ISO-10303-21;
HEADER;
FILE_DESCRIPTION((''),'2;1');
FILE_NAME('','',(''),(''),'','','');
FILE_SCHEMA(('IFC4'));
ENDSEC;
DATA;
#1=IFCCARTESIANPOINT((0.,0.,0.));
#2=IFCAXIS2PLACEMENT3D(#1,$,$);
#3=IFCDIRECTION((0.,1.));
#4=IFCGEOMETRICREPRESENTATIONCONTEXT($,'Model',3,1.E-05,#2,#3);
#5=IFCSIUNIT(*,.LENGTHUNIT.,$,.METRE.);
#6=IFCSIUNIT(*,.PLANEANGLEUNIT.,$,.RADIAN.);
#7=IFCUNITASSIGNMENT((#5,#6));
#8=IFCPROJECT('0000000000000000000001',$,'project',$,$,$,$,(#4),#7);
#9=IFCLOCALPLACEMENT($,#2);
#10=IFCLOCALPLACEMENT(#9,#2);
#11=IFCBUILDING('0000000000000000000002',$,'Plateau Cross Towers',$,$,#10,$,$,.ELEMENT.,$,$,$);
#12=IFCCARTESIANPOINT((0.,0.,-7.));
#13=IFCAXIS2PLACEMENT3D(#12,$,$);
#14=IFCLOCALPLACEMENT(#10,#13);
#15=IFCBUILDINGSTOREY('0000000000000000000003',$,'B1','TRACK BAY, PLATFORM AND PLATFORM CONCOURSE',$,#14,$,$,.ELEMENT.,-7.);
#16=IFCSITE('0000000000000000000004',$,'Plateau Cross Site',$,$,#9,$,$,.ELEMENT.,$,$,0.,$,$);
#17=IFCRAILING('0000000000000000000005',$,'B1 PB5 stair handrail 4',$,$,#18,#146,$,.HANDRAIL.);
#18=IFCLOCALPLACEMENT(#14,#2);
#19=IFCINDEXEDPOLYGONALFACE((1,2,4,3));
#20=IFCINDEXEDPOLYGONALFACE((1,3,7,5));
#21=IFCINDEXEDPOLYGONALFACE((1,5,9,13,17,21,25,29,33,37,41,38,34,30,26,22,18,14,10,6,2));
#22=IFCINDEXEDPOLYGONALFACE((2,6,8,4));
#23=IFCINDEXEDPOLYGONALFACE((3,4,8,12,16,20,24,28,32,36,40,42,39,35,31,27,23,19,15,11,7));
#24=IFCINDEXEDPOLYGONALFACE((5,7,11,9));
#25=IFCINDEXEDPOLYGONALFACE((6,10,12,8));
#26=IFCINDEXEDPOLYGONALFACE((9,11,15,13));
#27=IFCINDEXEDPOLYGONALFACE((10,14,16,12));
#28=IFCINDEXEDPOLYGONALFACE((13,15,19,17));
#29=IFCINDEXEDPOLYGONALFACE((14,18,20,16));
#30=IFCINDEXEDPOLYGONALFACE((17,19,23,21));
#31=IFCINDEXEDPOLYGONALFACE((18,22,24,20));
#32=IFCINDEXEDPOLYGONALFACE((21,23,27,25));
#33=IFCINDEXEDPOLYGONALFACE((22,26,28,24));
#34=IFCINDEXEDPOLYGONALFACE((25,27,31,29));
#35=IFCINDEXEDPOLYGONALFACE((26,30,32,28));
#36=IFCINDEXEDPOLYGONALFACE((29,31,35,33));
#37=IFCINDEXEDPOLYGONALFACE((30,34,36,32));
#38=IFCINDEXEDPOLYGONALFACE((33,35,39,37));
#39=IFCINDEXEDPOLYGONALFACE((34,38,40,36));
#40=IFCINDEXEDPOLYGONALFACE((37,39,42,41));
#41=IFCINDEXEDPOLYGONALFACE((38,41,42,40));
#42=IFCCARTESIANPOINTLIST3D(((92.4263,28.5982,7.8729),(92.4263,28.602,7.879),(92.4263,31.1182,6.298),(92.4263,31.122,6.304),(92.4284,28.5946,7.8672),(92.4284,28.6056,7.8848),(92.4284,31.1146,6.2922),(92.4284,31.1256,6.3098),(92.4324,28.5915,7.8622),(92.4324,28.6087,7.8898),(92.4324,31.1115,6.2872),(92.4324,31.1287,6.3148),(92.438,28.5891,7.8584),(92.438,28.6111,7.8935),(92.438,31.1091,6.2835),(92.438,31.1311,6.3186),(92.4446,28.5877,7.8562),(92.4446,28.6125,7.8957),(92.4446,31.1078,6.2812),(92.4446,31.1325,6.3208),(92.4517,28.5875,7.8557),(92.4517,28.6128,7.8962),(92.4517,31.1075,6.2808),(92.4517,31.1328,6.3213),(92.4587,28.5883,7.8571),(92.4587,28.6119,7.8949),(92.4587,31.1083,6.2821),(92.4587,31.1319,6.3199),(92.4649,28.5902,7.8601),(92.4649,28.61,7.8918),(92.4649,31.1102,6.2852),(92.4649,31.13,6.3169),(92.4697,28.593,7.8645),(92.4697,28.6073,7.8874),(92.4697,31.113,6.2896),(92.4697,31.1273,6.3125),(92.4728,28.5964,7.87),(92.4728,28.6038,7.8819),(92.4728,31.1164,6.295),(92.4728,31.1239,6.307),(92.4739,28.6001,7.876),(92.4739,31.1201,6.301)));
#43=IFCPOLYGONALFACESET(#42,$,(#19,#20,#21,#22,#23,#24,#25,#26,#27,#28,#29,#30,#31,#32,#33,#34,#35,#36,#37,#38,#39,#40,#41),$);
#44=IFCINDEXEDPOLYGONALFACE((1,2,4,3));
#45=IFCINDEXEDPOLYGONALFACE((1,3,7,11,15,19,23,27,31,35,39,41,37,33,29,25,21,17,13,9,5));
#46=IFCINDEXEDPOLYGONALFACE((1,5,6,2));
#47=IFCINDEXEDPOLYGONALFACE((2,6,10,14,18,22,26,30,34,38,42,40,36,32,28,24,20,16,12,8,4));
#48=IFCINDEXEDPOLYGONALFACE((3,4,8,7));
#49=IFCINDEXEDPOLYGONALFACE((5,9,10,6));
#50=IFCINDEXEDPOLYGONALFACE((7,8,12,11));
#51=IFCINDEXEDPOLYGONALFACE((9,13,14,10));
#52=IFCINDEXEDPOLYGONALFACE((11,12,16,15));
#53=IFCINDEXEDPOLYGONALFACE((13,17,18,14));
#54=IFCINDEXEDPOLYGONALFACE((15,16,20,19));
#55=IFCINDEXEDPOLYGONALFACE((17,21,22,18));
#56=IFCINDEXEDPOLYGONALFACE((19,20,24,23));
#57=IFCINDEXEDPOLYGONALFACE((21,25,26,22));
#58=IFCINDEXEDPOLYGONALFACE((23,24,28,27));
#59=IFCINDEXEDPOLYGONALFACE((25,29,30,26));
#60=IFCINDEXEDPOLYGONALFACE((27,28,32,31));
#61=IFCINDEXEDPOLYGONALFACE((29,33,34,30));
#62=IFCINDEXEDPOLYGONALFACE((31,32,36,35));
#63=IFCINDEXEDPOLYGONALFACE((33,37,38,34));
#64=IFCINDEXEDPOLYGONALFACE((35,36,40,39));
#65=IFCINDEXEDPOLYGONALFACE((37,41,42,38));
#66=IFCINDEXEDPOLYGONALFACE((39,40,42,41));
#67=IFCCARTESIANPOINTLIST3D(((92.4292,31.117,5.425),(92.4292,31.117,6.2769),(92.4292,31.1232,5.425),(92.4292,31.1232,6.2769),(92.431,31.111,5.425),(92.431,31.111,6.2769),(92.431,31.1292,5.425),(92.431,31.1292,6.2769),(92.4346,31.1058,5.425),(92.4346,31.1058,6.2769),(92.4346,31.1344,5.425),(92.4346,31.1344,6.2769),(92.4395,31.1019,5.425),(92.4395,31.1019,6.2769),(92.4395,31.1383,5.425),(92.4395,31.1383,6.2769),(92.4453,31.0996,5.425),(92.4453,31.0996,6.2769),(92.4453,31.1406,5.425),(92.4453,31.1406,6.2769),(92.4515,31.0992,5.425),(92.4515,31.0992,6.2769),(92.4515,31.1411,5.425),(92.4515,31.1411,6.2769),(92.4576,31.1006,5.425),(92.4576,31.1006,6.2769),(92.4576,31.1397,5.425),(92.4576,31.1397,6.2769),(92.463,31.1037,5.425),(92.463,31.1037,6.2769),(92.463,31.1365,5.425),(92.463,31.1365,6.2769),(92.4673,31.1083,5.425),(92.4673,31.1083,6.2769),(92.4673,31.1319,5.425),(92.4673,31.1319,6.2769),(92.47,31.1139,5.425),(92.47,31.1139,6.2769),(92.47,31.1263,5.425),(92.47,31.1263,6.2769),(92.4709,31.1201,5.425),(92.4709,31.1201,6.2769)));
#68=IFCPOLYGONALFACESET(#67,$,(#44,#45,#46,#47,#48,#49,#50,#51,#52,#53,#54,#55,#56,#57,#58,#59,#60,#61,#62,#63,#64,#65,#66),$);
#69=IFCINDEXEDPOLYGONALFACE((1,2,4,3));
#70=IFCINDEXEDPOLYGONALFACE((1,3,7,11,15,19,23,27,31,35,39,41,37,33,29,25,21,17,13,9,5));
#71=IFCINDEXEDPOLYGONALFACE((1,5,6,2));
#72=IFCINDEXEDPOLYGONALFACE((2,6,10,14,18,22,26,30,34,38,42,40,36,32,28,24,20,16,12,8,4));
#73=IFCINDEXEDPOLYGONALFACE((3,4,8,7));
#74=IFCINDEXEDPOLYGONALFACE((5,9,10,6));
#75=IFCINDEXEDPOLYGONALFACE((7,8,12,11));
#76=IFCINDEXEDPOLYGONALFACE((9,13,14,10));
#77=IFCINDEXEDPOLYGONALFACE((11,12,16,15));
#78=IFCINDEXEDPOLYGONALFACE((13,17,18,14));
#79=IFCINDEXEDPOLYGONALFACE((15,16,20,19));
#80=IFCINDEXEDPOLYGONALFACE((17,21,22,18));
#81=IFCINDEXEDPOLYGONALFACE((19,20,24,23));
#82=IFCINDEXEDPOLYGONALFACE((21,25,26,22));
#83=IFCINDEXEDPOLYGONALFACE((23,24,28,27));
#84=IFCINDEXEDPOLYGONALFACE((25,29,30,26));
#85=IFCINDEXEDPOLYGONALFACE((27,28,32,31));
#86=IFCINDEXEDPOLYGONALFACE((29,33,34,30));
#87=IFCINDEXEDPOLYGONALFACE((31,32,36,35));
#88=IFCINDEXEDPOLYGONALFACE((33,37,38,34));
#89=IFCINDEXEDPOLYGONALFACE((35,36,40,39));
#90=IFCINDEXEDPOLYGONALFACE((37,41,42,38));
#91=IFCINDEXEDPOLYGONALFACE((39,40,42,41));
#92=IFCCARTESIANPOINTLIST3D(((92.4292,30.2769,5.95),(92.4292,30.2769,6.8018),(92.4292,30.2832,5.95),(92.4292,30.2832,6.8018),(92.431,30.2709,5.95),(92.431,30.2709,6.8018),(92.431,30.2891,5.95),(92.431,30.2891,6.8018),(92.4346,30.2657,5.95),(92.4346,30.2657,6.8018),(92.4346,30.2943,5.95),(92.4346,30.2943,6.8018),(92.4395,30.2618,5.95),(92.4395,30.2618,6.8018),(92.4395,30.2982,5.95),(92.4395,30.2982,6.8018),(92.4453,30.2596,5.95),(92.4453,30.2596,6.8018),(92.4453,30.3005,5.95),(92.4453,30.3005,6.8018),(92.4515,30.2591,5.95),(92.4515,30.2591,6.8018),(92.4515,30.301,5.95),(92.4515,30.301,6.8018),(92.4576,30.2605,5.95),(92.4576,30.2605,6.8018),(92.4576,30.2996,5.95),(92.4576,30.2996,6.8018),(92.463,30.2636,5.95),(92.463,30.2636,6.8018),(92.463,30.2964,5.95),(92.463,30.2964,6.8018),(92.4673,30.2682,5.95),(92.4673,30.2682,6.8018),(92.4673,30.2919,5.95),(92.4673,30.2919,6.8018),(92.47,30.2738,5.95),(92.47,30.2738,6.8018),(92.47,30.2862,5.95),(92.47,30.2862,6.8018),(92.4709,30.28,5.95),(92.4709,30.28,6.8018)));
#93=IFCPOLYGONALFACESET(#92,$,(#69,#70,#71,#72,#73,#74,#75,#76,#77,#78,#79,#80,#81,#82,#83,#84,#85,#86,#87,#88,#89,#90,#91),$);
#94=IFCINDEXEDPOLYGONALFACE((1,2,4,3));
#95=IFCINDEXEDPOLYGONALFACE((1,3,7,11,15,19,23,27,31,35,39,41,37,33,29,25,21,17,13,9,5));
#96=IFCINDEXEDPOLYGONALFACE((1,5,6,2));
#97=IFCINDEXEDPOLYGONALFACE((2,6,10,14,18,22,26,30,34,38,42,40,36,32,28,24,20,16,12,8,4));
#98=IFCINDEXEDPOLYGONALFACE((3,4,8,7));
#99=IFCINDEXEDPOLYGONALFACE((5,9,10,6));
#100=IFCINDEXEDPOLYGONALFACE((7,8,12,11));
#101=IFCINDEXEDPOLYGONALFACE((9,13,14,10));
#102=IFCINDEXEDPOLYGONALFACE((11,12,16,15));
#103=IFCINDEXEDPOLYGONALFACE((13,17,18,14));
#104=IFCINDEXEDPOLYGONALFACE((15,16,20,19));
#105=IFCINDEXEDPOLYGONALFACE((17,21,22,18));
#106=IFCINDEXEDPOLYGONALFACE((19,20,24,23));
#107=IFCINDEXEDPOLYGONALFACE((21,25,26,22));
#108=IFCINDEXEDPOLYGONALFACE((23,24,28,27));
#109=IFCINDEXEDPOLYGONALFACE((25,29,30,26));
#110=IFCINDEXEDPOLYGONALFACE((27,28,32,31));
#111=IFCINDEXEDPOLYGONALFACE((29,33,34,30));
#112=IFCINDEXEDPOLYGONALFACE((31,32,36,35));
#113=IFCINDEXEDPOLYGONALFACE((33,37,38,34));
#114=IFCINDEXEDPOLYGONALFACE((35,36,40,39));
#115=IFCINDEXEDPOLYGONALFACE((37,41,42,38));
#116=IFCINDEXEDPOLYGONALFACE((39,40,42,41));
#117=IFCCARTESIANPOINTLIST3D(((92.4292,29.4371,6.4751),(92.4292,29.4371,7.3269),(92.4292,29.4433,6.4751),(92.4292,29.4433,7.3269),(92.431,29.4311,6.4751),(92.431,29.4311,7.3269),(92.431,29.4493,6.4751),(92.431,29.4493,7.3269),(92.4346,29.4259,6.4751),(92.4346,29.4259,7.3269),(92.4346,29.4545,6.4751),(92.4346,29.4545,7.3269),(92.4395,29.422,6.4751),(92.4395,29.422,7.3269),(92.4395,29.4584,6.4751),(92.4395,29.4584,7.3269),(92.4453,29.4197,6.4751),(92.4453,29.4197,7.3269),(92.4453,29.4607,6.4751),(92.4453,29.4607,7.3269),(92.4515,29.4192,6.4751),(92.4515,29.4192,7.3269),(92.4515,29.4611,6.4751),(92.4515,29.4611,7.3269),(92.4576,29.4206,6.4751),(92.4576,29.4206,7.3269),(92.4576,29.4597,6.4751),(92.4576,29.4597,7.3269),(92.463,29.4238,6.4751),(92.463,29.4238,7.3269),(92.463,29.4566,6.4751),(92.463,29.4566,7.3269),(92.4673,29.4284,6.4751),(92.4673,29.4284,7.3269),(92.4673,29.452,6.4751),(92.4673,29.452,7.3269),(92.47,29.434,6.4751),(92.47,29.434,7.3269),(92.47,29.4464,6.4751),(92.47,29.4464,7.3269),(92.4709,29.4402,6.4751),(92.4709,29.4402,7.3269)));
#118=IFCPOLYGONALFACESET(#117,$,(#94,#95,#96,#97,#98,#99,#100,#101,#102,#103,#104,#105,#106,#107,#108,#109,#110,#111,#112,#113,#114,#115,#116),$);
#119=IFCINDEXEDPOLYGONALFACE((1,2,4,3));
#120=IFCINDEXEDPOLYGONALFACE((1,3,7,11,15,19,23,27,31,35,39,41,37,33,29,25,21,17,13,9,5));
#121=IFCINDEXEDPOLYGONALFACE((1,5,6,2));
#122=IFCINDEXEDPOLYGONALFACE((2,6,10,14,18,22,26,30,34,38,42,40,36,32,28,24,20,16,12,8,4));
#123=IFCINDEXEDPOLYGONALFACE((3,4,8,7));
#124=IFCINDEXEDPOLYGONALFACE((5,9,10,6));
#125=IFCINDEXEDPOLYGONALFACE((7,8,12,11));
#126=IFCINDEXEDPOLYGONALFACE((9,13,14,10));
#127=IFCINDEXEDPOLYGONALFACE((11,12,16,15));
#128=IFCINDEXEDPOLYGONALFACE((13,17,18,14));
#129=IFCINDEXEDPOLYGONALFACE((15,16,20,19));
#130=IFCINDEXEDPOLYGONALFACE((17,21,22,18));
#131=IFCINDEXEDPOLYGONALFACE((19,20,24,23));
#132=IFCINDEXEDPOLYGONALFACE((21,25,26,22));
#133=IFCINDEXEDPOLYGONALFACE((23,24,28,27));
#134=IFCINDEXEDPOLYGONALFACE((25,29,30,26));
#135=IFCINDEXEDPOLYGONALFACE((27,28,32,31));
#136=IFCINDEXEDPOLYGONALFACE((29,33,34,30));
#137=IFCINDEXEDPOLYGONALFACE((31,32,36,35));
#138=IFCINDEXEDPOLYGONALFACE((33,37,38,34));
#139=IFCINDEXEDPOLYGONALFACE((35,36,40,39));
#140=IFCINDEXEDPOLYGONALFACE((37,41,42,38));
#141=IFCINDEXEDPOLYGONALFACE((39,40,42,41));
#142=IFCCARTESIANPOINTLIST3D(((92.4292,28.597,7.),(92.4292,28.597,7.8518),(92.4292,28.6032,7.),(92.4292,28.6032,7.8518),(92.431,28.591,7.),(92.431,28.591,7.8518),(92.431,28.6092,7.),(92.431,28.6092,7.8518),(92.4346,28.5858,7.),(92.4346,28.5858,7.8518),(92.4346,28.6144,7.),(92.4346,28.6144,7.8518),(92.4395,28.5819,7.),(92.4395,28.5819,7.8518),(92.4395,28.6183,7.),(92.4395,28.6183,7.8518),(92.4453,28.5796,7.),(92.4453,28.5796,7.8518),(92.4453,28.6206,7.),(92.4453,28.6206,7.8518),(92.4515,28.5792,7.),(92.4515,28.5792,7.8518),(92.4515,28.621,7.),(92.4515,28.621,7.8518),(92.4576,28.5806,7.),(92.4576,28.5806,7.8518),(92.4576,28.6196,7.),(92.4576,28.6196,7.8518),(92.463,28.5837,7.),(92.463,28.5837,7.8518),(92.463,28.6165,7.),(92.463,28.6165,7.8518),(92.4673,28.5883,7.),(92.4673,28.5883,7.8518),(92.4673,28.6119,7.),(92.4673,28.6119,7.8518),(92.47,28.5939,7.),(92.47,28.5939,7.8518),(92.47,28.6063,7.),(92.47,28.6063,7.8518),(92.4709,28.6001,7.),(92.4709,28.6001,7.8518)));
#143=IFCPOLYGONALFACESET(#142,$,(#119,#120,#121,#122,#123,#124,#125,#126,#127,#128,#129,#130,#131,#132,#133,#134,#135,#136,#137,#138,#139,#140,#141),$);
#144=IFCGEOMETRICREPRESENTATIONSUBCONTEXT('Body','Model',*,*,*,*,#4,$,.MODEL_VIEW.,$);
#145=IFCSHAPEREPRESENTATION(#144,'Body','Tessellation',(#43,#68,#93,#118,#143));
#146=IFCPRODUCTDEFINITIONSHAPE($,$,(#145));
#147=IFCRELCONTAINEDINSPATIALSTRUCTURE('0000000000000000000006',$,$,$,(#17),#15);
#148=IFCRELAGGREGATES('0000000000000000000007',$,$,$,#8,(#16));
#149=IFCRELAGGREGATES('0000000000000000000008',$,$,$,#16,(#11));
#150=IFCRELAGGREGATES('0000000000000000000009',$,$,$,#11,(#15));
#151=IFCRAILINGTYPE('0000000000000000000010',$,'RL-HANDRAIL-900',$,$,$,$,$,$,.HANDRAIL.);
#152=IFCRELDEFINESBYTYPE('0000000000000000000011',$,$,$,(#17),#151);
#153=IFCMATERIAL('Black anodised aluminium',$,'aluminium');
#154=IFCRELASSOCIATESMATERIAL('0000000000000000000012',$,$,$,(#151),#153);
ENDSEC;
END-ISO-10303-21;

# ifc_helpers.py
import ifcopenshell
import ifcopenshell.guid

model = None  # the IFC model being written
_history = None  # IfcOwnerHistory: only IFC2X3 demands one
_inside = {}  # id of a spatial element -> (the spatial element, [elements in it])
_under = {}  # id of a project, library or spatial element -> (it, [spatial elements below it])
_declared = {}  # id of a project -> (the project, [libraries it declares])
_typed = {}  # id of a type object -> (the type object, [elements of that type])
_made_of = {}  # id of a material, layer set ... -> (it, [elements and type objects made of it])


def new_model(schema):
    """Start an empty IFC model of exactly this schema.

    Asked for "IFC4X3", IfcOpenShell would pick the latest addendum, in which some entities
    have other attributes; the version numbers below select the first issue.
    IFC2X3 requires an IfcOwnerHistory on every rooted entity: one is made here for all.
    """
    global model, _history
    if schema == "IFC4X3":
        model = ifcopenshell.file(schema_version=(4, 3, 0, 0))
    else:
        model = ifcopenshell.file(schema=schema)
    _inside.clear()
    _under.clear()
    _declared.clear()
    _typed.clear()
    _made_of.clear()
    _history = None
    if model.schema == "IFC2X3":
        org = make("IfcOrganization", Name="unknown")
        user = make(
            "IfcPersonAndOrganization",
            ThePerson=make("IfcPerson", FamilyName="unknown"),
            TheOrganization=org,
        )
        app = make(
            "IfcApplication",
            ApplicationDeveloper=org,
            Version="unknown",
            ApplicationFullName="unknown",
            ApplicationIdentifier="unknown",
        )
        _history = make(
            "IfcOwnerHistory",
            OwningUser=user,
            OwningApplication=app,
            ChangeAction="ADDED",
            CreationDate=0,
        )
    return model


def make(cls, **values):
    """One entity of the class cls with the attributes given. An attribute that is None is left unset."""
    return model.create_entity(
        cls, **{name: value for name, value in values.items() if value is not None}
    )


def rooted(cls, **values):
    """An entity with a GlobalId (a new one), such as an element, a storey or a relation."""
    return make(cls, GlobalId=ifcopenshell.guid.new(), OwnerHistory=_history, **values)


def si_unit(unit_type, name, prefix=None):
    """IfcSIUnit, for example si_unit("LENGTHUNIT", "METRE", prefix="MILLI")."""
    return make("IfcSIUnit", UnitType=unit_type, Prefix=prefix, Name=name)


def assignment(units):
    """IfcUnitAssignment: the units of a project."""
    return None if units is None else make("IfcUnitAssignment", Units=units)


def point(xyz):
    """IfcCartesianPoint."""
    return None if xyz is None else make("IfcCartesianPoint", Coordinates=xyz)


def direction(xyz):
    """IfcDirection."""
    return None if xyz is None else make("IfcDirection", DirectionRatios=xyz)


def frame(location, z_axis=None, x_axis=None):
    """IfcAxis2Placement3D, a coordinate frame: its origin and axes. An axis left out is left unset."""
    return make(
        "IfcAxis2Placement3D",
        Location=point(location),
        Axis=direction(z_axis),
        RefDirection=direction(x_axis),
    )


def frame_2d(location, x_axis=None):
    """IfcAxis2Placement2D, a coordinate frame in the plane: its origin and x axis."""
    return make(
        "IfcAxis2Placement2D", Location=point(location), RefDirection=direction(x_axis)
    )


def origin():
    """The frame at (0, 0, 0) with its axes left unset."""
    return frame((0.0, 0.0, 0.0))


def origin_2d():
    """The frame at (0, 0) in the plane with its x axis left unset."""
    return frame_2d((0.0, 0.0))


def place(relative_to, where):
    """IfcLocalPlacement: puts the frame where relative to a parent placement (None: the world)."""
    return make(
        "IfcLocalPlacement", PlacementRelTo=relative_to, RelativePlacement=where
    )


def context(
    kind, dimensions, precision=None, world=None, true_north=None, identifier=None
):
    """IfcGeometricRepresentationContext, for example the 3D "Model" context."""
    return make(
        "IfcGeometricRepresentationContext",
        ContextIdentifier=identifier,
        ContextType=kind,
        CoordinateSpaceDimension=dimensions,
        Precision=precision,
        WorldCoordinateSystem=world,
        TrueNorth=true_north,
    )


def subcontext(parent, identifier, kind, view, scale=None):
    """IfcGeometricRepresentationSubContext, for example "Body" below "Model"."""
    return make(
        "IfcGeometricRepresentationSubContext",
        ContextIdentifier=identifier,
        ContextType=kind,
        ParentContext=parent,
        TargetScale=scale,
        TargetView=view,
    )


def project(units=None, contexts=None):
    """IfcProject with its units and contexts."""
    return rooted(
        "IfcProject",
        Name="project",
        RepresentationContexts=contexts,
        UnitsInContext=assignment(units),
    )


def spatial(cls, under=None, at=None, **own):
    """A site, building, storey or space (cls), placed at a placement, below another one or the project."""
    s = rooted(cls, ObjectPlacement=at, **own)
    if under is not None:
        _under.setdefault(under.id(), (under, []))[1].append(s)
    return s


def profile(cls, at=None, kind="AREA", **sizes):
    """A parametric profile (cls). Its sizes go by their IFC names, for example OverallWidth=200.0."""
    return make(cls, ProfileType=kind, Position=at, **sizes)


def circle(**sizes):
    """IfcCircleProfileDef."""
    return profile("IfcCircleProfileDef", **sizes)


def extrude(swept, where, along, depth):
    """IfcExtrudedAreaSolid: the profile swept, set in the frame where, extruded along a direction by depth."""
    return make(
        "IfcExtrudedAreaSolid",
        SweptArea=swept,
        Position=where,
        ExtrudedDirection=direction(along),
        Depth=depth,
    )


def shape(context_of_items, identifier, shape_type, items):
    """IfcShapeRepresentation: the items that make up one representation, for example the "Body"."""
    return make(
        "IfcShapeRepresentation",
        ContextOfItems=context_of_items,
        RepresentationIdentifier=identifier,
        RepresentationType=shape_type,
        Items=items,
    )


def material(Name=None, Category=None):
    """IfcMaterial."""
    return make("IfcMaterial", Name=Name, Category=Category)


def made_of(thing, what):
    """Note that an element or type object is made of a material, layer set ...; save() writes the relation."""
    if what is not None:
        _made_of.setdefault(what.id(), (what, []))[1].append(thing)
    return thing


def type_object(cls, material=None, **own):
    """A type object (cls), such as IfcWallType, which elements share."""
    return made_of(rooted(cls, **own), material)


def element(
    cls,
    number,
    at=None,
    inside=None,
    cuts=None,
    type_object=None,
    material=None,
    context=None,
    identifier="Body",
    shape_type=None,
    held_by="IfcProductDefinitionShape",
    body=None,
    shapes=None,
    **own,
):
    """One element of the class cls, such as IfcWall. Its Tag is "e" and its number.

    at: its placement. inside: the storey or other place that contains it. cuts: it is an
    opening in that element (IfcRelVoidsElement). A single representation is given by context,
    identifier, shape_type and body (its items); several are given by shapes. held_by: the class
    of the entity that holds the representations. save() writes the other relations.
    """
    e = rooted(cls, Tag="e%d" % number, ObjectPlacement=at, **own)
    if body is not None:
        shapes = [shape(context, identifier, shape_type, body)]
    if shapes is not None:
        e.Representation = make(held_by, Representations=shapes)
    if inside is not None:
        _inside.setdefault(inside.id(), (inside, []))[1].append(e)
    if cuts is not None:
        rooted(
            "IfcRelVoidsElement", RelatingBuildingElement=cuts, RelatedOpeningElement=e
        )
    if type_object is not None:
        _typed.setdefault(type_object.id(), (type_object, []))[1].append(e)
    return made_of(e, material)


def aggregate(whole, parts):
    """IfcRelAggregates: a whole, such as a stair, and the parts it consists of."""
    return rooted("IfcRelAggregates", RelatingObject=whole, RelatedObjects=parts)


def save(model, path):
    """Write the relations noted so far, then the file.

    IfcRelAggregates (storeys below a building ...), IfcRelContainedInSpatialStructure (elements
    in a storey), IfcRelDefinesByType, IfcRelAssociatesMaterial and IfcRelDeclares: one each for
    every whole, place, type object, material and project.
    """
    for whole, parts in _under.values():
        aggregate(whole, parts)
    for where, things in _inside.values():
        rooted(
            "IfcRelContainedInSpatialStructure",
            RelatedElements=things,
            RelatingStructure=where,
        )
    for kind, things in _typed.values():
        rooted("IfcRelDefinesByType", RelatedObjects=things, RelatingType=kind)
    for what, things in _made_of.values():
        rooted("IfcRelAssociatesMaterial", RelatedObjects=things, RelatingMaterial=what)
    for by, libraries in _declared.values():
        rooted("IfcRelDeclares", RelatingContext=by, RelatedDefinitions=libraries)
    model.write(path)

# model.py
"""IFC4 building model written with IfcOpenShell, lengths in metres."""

from ifc_helpers import new_model, si_unit, direction, frame, origin, origin_2d, place, context, subcontext, project, spatial, circle, extrude, material, type_object, element, save


model = new_model("IFC4")

# Units and contexts
model_context = context("Model", 3, precision=1e-05, world=origin(), true_north=direction((0.0, 1.0)))
body_context = subcontext(model_context, "Body", "Model", "MODEL_VIEW")
ifc_project = project(units=[si_unit("LENGTHUNIT", "METRE"), si_unit("PLANEANGLEUNIT", "RADIAN")], contexts=[model_context])

# Site, building, storey
site_placement = place(None, origin())
site = spatial("IfcSite", under=ifc_project, at=site_placement, Name="Plateau Cross Site", CompositionType="ELEMENT", RefElevation=0.0)
building_placement = place(site_placement, origin())
building = spatial("IfcBuilding", under=site, at=building_placement, Name="Plateau Cross Towers", CompositionType="ELEMENT")
storey_placement = place(building_placement, frame((0.0, 0.0, -7.0)))
storey = spatial("IfcBuildingStorey", under=building, at=storey_placement, Name="B1", Description="TRACK BAY, PLATFORM AND PLATFORM CONCOURSE", CompositionType="ELEMENT", Elevation=-7.0)

# Railing
ifc_material_1 = material(Name="Black anodised aluminium", Category="aluminium")
railing_type_1 = type_object("IfcRailingType", Name="RL-HANDRAIL-900", PredefinedType="HANDRAIL", material=ifc_material_1)
railing_1_placement = place(storey_placement, frame((92.45, 31.1201, 5.425)))
element("IfcRailing", 1, at=railing_1_placement, inside=storey, type_object=railing_type_1, Name="B1 PB5 stair handrail 4", PredefinedType="HANDRAIL", context=body_context, shape_type="SweptSolid", body=[
    extrude(circle(Radius=0.0239, at=origin_2d()), frame((0.0, 0.0, 0.876), z_axis=(0.0, -0.848008, 0.529984), x_axis=(1.0, 0.0, 0.0)), (0.0, 0.0, 1.0), 2.9717),
    extrude(circle(Radius=0.021, at=origin_2d()), origin(), (0.0, 0.0, 1.0), 0.8518),
    extrude(circle(Radius=0.021, at=origin_2d()), frame((0.0, -0.8401, 0.5249)), (0.0, 0.0, 1.0), 0.8518),
    extrude(circle(Radius=0.021, at=origin_2d()), frame((0.0, -1.6799, 1.05)), (0.0, 0.0, 1.0), 0.8518),
    extrude(circle(Radius=0.021, at=origin_2d()), frame((0.0, -2.52, 1.575)), (0.0, 0.0, 1.0), 0.8518),
])

save(model, "model.ifc")
